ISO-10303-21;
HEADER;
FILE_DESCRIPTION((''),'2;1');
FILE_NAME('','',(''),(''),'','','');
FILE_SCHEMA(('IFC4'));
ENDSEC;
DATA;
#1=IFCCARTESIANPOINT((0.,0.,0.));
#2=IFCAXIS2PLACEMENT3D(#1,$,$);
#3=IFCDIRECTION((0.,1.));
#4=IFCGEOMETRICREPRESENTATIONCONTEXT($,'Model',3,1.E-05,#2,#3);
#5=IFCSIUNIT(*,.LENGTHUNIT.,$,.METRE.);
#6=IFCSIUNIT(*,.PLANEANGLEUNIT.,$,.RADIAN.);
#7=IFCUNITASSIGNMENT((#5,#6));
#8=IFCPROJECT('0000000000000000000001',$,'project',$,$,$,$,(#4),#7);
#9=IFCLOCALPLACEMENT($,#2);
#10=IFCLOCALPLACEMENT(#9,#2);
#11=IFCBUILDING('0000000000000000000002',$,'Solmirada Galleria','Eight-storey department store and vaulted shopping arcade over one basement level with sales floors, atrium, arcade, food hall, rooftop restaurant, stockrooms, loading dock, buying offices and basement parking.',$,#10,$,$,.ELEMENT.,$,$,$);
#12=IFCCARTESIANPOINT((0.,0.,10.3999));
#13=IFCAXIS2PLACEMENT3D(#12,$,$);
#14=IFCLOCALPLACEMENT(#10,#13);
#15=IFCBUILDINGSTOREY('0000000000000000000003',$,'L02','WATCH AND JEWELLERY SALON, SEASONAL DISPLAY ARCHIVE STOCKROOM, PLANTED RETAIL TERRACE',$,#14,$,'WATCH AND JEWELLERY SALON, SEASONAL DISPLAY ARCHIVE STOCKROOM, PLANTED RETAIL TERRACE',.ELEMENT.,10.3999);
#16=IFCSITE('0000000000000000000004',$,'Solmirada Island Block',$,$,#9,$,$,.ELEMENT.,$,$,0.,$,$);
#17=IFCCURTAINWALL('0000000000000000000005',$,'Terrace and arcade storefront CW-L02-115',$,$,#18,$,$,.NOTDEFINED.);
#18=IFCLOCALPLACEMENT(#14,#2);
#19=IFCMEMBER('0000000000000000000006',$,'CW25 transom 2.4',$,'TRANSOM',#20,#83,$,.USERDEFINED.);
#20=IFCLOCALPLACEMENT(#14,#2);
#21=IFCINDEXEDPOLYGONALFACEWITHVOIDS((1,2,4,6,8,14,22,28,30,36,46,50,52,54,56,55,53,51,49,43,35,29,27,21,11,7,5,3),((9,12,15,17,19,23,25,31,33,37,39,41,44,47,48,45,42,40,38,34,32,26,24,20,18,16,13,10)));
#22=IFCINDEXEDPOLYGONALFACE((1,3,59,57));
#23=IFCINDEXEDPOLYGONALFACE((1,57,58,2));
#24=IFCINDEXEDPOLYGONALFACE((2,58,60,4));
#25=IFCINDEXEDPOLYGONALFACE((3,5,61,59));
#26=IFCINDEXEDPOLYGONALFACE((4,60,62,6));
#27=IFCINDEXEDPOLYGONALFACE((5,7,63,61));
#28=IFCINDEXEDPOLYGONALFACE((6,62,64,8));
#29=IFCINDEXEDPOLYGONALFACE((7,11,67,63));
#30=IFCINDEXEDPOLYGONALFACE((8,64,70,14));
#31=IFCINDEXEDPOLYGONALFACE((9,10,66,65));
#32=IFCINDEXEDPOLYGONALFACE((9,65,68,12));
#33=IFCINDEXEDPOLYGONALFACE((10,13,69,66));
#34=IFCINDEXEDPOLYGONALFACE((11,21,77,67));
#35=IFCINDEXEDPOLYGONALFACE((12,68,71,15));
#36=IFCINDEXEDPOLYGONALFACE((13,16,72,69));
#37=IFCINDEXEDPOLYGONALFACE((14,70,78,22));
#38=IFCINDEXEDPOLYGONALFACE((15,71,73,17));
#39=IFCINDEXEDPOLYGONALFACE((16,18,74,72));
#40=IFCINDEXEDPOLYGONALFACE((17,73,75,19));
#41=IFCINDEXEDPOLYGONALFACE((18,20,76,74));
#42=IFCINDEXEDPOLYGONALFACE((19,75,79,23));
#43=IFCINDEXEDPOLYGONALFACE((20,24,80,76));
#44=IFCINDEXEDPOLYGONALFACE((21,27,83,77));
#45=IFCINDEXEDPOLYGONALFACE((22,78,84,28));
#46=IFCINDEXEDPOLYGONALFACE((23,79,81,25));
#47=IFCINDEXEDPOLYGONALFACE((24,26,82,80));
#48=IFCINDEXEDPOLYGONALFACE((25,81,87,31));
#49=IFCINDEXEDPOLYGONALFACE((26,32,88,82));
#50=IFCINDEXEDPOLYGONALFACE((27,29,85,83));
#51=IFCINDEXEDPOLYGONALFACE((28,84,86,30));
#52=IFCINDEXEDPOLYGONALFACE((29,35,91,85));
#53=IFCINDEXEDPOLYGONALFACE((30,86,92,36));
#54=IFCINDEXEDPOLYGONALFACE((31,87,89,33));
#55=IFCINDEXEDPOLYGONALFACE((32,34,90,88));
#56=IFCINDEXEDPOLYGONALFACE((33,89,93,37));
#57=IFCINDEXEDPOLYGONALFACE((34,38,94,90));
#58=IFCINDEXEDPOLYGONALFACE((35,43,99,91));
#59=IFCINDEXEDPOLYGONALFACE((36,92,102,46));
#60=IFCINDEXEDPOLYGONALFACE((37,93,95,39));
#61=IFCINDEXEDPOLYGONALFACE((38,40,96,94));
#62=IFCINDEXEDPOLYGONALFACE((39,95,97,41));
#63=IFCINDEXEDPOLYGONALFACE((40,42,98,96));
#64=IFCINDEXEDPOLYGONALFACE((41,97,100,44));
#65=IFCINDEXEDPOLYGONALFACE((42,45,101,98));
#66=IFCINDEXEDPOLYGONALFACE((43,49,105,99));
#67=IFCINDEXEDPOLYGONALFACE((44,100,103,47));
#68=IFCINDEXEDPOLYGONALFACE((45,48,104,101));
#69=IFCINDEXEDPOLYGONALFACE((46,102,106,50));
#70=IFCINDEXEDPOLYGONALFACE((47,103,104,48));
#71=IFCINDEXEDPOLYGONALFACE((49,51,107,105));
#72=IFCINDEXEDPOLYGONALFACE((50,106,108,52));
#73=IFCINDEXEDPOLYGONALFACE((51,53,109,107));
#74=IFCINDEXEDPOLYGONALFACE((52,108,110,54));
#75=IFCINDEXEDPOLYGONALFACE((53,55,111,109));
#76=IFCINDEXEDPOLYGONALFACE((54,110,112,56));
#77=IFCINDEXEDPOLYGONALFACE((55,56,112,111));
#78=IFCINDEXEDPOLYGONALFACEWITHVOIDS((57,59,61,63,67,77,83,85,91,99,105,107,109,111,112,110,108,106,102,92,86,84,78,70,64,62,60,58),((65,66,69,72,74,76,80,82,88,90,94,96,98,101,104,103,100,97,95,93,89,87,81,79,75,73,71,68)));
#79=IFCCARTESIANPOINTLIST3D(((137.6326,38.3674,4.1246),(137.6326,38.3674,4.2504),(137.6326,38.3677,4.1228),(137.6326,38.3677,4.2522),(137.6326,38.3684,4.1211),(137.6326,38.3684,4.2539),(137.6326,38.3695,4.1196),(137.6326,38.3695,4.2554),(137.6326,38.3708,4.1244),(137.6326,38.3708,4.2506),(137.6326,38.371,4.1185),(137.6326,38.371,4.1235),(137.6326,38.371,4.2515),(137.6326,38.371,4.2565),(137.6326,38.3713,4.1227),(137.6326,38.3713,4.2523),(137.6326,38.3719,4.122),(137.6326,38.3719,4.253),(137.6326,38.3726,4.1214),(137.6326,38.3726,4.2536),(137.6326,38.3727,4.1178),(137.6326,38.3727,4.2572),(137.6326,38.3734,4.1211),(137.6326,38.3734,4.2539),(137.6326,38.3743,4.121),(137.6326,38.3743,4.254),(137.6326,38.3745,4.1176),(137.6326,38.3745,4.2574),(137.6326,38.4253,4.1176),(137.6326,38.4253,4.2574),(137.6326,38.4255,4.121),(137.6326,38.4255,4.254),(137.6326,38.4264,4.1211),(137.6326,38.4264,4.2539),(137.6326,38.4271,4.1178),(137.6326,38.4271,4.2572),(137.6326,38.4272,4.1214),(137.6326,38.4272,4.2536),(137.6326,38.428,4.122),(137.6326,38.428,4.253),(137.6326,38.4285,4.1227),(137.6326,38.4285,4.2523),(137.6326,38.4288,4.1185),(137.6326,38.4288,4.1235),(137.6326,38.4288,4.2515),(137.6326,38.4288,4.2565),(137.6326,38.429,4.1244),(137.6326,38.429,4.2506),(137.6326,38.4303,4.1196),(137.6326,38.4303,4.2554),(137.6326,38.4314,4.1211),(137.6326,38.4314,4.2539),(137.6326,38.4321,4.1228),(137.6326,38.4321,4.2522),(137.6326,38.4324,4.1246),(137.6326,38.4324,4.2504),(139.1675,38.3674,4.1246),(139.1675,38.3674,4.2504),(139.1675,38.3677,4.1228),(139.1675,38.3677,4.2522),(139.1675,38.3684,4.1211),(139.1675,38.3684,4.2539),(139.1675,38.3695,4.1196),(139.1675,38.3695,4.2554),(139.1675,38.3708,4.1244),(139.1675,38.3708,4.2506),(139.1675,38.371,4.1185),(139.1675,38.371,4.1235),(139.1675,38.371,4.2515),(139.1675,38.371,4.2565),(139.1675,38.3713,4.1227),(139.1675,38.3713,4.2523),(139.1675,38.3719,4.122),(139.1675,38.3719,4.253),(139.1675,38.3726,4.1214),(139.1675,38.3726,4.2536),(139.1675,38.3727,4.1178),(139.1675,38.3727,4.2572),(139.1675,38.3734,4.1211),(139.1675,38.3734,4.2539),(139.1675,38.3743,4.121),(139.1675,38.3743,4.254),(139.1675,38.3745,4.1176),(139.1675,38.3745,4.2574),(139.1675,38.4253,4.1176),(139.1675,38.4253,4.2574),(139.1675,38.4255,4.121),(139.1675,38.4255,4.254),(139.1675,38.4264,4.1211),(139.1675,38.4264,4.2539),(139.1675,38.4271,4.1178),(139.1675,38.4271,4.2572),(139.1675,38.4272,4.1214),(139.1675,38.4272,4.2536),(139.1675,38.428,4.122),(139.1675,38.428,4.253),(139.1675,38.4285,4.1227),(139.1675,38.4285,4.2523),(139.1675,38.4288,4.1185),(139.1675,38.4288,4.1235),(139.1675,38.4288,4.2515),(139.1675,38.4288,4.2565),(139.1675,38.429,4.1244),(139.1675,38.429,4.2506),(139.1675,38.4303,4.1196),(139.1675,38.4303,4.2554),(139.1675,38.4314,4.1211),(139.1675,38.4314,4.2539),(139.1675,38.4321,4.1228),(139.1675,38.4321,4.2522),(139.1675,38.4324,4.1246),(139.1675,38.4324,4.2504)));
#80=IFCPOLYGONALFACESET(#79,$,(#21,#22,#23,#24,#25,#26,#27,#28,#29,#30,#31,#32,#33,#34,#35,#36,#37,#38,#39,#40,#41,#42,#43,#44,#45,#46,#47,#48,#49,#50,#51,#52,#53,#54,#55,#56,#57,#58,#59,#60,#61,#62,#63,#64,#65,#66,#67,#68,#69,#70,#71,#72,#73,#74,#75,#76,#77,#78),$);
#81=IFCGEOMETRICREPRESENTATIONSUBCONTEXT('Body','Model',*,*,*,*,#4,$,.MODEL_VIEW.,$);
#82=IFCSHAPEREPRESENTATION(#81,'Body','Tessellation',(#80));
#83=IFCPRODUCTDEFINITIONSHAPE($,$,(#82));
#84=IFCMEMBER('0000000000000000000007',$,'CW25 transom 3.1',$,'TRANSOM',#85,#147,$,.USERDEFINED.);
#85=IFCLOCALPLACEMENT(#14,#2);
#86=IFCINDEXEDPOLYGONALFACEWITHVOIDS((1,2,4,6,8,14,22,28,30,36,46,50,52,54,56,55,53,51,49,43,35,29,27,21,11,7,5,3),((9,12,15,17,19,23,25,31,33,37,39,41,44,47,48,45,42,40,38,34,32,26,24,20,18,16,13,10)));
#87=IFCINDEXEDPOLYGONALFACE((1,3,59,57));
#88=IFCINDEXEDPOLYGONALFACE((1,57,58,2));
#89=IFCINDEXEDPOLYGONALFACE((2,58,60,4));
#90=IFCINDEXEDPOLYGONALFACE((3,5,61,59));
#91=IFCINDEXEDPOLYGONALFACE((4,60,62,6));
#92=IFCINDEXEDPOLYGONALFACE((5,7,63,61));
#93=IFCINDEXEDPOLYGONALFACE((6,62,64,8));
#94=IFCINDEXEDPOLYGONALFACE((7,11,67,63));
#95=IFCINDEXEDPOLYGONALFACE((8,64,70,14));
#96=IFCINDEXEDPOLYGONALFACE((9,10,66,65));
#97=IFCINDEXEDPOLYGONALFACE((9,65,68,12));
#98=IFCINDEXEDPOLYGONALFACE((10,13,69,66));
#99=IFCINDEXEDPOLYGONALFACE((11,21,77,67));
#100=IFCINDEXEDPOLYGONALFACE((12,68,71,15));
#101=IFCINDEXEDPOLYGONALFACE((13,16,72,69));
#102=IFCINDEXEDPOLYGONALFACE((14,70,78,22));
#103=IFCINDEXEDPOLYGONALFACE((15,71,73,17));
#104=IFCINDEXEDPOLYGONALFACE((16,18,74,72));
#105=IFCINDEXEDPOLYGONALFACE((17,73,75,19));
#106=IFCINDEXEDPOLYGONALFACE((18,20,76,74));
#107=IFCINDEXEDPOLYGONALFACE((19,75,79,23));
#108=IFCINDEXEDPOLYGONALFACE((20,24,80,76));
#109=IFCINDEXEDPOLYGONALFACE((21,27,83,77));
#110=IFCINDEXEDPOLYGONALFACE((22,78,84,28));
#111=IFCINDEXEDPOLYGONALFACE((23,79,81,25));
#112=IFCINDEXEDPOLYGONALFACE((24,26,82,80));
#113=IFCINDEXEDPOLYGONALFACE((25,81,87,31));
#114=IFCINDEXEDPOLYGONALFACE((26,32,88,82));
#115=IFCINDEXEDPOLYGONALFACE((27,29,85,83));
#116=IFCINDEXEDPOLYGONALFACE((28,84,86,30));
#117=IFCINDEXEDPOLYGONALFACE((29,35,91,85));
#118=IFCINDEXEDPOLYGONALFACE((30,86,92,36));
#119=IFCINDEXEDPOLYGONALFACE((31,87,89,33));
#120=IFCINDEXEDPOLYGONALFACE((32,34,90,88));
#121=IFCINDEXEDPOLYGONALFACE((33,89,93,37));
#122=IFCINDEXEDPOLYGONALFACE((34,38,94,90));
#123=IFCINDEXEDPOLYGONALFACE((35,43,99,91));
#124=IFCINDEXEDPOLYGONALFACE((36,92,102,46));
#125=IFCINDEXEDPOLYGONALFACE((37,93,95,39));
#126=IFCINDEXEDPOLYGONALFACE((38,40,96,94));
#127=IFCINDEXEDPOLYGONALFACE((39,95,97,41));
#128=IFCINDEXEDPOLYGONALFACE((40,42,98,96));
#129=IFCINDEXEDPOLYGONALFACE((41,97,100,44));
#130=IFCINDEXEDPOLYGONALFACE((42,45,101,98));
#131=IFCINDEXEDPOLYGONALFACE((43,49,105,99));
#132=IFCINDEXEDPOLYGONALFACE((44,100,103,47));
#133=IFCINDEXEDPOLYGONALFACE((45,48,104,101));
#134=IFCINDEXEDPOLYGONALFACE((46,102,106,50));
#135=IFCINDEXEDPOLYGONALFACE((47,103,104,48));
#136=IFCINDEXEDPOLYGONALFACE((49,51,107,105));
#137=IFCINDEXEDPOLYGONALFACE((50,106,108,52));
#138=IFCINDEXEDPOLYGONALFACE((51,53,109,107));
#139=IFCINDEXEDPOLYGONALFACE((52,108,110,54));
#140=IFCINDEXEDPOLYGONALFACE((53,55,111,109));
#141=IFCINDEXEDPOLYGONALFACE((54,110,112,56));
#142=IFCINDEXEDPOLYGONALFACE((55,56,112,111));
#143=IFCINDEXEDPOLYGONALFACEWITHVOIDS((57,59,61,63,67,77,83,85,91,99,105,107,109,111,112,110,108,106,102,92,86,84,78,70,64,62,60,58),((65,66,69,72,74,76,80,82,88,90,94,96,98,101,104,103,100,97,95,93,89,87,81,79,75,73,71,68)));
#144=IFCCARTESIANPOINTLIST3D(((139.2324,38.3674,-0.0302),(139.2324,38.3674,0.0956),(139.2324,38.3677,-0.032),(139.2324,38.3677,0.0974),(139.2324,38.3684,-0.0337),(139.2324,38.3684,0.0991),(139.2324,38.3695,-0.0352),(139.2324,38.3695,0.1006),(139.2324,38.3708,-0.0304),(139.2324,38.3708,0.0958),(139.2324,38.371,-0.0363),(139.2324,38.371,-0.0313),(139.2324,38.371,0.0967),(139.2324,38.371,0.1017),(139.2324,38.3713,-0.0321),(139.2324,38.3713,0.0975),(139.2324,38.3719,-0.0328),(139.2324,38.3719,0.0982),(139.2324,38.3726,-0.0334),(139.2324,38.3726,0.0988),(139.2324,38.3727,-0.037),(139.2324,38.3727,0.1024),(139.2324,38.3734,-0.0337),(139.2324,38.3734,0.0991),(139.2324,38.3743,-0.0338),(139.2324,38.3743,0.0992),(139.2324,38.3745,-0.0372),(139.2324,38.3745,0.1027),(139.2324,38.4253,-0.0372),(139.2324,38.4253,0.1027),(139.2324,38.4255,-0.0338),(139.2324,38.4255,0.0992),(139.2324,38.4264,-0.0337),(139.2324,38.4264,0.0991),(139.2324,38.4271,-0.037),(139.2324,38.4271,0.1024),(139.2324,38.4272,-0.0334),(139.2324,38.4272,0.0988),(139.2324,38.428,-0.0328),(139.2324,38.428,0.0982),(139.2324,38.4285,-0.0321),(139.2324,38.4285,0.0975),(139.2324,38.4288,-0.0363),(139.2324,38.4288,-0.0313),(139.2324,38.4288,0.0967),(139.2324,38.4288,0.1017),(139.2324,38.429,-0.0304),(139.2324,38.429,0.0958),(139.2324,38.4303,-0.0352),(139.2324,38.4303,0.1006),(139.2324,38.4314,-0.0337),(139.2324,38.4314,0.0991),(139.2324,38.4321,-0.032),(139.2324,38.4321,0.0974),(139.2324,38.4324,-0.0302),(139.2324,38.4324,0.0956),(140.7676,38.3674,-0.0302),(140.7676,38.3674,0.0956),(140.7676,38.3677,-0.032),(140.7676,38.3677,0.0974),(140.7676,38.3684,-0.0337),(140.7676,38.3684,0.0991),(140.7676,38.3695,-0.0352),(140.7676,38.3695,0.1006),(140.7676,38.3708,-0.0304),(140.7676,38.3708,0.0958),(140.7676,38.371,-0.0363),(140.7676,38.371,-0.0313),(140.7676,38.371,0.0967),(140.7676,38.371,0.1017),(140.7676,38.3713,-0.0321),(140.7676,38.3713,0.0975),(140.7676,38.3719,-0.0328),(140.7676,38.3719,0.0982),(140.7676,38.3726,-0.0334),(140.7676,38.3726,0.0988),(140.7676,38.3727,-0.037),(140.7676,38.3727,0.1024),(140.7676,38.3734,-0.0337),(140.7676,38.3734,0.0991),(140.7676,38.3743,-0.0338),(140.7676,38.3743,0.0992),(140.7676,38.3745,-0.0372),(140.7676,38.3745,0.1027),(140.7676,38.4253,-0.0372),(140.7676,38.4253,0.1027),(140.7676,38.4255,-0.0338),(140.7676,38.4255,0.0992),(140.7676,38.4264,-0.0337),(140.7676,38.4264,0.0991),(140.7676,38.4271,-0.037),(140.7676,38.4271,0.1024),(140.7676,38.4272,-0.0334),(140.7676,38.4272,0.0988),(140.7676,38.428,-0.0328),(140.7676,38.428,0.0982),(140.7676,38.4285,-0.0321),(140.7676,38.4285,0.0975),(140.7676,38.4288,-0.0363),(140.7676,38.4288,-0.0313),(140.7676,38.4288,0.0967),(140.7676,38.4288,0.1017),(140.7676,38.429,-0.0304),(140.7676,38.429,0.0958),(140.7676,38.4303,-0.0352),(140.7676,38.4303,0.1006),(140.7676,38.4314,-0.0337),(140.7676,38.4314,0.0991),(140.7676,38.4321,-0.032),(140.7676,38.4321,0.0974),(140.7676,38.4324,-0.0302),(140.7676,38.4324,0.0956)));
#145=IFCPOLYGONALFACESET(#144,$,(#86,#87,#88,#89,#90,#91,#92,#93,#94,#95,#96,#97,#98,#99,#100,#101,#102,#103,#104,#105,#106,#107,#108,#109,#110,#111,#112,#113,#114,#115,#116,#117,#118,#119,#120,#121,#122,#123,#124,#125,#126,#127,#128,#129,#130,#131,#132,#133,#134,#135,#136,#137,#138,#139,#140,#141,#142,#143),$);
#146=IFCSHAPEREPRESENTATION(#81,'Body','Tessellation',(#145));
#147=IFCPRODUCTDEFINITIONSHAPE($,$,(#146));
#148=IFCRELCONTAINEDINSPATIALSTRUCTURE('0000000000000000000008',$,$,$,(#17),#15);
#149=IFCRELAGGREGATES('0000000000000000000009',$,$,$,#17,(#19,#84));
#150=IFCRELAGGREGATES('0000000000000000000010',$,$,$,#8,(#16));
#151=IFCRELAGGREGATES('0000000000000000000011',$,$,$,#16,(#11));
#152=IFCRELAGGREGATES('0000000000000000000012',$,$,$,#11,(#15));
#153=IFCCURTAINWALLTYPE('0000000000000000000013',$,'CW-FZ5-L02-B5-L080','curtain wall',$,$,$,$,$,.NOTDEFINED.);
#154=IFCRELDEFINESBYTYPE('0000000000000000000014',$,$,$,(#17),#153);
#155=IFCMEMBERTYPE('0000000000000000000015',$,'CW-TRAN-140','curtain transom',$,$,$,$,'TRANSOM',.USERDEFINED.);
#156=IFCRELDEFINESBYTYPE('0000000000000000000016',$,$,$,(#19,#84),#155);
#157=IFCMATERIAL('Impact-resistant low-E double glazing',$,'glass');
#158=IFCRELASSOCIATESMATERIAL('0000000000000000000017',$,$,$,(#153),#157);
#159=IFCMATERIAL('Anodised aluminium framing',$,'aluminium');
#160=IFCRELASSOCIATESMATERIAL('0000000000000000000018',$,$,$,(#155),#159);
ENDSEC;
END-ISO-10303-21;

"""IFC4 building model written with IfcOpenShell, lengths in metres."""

from ifc_helpers import new_model, si_unit, direction, frame, origin, origin_2d, place, context, subcontext, project, spatial, hollow_rectangle, extrude, material, material_profile, profile_set, type_object, element, aggregate, save


model = new_model("IFC4")

# Units and contexts
model_context = context("Model", 3, precision=1e-05, world=origin(), true_north=direction((0.0, 1.0)))
body_context = subcontext(model_context, "Body", "Model", "MODEL_VIEW")
ifc_project = project(units=[si_unit("LENGTHUNIT", "METRE"), si_unit("PLANEANGLEUNIT", "RADIAN")], contexts=[model_context])

# Site, building, storey
site_placement = place(None, origin())
site = spatial("IfcSite", under=ifc_project, at=site_placement, Name="Solmirada Island Block", CompositionType="ELEMENT", RefElevation=0.0)
building_placement = place(site_placement, origin())
building = spatial("IfcBuilding", under=site, at=building_placement, Name="Solmirada Galleria", Description="Eight-storey department store and vaulted shopping arcade over one basement level with sales floors, atrium, arcade, food hall, rooftop restaurant, stockrooms, loading dock, buying offices and basement parking.", CompositionType="ELEMENT")
storey_placement = place(building_placement, frame((0.0, 0.0, 10.3999)))
storey = spatial("IfcBuildingStorey", under=building, at=storey_placement, Name="L02", Description="WATCH AND JEWELLERY SALON, SEASONAL DISPLAY ARCHIVE STOCKROOM, PLANTED RETAIL TERRACE", LongName="WATCH AND JEWELLERY SALON, SEASONAL DISPLAY ARCHIVE STOCKROOM, PLANTED RETAIL TERRACE", CompositionType="ELEMENT", Elevation=10.3999)

# Curtain wall, members
ifc_material_1 = material(Name="Impact-resistant low-E double glazing", Category="glass")
curtain_wall_type = type_object("IfcCurtainWallType", Name="CW-FZ5-L02-B5-L080", Description="curtain wall", PredefinedType="NOTDEFINED", material=ifc_material_1)
curtain_wall_placement = place(storey_placement, origin())
curtain_wall = element("IfcCurtainWall", 1, at=curtain_wall_placement, inside=storey, type_object=curtain_wall_type, Name="Terrace and arcade storefront CW-L02-115", PredefinedType="NOTDEFINED")
ifc_material_2 = material(Name="Anodised aluminium framing", Category="aluminium")
ifc_material_profile_1 = material_profile(ifc_material_2, hollow_rectangle(XDim=0.0649, YDim=0.1399, WallThickness=0.0034, InnerFilletRadius=0.0034, OuterFilletRadius=0.0071, at=origin_2d()), Name="ALU-TRAN-140X65")
ifc_profile_set_1 = profile_set([ifc_material_profile_1], Name="Anodised aluminium framing")
member_type_1 = type_object("IfcMemberType", Name="CW-TRAN-140", Description="curtain transom", ElementType="TRANSOM", PredefinedType="USERDEFINED", material=ifc_profile_set_1)
member_1_placement = place(storey_placement, frame((137.6326, 38.3999, 4.1875), z_axis=(1.0, 0.0, 0.0), x_axis=(0.0, 1.0, 0.0)))
member_1 = element("IfcMember", 2, at=member_1_placement, type_object=member_type_1, Name="CW25 transom 2.4", ObjectType="TRANSOM", PredefinedType="USERDEFINED", context=body_context, shape_type="SweptSolid", body=[
    extrude(hollow_rectangle(XDim=0.0649, YDim=0.1399, WallThickness=0.0034, InnerFilletRadius=0.0034, OuterFilletRadius=0.0071, at=origin_2d()), origin(), (0.0, 0.0, 1.0), 1.5349),
])
member_2_placement = place(storey_placement, frame((139.2324, 38.3999, 0.0327), z_axis=(1.0, 0.0, 0.0), x_axis=(0.0, 1.0, 0.0)))
member_2 = element("IfcMember", 3, at=member_2_placement, type_object=member_type_1, Name="CW25 transom 3.1", ObjectType="TRANSOM", PredefinedType="USERDEFINED", context=body_context, shape_type="SweptSolid", body=[
    extrude(hollow_rectangle(XDim=0.0649, YDim=0.1399, WallThickness=0.0034, InnerFilletRadius=0.0034, OuterFilletRadius=0.0071, at=origin_2d()), origin(), (0.0, 0.0, 1.0), 1.5352),
])
aggregate(curtain_wall, [member_1, member_2])

save(model, "model.ifc")
